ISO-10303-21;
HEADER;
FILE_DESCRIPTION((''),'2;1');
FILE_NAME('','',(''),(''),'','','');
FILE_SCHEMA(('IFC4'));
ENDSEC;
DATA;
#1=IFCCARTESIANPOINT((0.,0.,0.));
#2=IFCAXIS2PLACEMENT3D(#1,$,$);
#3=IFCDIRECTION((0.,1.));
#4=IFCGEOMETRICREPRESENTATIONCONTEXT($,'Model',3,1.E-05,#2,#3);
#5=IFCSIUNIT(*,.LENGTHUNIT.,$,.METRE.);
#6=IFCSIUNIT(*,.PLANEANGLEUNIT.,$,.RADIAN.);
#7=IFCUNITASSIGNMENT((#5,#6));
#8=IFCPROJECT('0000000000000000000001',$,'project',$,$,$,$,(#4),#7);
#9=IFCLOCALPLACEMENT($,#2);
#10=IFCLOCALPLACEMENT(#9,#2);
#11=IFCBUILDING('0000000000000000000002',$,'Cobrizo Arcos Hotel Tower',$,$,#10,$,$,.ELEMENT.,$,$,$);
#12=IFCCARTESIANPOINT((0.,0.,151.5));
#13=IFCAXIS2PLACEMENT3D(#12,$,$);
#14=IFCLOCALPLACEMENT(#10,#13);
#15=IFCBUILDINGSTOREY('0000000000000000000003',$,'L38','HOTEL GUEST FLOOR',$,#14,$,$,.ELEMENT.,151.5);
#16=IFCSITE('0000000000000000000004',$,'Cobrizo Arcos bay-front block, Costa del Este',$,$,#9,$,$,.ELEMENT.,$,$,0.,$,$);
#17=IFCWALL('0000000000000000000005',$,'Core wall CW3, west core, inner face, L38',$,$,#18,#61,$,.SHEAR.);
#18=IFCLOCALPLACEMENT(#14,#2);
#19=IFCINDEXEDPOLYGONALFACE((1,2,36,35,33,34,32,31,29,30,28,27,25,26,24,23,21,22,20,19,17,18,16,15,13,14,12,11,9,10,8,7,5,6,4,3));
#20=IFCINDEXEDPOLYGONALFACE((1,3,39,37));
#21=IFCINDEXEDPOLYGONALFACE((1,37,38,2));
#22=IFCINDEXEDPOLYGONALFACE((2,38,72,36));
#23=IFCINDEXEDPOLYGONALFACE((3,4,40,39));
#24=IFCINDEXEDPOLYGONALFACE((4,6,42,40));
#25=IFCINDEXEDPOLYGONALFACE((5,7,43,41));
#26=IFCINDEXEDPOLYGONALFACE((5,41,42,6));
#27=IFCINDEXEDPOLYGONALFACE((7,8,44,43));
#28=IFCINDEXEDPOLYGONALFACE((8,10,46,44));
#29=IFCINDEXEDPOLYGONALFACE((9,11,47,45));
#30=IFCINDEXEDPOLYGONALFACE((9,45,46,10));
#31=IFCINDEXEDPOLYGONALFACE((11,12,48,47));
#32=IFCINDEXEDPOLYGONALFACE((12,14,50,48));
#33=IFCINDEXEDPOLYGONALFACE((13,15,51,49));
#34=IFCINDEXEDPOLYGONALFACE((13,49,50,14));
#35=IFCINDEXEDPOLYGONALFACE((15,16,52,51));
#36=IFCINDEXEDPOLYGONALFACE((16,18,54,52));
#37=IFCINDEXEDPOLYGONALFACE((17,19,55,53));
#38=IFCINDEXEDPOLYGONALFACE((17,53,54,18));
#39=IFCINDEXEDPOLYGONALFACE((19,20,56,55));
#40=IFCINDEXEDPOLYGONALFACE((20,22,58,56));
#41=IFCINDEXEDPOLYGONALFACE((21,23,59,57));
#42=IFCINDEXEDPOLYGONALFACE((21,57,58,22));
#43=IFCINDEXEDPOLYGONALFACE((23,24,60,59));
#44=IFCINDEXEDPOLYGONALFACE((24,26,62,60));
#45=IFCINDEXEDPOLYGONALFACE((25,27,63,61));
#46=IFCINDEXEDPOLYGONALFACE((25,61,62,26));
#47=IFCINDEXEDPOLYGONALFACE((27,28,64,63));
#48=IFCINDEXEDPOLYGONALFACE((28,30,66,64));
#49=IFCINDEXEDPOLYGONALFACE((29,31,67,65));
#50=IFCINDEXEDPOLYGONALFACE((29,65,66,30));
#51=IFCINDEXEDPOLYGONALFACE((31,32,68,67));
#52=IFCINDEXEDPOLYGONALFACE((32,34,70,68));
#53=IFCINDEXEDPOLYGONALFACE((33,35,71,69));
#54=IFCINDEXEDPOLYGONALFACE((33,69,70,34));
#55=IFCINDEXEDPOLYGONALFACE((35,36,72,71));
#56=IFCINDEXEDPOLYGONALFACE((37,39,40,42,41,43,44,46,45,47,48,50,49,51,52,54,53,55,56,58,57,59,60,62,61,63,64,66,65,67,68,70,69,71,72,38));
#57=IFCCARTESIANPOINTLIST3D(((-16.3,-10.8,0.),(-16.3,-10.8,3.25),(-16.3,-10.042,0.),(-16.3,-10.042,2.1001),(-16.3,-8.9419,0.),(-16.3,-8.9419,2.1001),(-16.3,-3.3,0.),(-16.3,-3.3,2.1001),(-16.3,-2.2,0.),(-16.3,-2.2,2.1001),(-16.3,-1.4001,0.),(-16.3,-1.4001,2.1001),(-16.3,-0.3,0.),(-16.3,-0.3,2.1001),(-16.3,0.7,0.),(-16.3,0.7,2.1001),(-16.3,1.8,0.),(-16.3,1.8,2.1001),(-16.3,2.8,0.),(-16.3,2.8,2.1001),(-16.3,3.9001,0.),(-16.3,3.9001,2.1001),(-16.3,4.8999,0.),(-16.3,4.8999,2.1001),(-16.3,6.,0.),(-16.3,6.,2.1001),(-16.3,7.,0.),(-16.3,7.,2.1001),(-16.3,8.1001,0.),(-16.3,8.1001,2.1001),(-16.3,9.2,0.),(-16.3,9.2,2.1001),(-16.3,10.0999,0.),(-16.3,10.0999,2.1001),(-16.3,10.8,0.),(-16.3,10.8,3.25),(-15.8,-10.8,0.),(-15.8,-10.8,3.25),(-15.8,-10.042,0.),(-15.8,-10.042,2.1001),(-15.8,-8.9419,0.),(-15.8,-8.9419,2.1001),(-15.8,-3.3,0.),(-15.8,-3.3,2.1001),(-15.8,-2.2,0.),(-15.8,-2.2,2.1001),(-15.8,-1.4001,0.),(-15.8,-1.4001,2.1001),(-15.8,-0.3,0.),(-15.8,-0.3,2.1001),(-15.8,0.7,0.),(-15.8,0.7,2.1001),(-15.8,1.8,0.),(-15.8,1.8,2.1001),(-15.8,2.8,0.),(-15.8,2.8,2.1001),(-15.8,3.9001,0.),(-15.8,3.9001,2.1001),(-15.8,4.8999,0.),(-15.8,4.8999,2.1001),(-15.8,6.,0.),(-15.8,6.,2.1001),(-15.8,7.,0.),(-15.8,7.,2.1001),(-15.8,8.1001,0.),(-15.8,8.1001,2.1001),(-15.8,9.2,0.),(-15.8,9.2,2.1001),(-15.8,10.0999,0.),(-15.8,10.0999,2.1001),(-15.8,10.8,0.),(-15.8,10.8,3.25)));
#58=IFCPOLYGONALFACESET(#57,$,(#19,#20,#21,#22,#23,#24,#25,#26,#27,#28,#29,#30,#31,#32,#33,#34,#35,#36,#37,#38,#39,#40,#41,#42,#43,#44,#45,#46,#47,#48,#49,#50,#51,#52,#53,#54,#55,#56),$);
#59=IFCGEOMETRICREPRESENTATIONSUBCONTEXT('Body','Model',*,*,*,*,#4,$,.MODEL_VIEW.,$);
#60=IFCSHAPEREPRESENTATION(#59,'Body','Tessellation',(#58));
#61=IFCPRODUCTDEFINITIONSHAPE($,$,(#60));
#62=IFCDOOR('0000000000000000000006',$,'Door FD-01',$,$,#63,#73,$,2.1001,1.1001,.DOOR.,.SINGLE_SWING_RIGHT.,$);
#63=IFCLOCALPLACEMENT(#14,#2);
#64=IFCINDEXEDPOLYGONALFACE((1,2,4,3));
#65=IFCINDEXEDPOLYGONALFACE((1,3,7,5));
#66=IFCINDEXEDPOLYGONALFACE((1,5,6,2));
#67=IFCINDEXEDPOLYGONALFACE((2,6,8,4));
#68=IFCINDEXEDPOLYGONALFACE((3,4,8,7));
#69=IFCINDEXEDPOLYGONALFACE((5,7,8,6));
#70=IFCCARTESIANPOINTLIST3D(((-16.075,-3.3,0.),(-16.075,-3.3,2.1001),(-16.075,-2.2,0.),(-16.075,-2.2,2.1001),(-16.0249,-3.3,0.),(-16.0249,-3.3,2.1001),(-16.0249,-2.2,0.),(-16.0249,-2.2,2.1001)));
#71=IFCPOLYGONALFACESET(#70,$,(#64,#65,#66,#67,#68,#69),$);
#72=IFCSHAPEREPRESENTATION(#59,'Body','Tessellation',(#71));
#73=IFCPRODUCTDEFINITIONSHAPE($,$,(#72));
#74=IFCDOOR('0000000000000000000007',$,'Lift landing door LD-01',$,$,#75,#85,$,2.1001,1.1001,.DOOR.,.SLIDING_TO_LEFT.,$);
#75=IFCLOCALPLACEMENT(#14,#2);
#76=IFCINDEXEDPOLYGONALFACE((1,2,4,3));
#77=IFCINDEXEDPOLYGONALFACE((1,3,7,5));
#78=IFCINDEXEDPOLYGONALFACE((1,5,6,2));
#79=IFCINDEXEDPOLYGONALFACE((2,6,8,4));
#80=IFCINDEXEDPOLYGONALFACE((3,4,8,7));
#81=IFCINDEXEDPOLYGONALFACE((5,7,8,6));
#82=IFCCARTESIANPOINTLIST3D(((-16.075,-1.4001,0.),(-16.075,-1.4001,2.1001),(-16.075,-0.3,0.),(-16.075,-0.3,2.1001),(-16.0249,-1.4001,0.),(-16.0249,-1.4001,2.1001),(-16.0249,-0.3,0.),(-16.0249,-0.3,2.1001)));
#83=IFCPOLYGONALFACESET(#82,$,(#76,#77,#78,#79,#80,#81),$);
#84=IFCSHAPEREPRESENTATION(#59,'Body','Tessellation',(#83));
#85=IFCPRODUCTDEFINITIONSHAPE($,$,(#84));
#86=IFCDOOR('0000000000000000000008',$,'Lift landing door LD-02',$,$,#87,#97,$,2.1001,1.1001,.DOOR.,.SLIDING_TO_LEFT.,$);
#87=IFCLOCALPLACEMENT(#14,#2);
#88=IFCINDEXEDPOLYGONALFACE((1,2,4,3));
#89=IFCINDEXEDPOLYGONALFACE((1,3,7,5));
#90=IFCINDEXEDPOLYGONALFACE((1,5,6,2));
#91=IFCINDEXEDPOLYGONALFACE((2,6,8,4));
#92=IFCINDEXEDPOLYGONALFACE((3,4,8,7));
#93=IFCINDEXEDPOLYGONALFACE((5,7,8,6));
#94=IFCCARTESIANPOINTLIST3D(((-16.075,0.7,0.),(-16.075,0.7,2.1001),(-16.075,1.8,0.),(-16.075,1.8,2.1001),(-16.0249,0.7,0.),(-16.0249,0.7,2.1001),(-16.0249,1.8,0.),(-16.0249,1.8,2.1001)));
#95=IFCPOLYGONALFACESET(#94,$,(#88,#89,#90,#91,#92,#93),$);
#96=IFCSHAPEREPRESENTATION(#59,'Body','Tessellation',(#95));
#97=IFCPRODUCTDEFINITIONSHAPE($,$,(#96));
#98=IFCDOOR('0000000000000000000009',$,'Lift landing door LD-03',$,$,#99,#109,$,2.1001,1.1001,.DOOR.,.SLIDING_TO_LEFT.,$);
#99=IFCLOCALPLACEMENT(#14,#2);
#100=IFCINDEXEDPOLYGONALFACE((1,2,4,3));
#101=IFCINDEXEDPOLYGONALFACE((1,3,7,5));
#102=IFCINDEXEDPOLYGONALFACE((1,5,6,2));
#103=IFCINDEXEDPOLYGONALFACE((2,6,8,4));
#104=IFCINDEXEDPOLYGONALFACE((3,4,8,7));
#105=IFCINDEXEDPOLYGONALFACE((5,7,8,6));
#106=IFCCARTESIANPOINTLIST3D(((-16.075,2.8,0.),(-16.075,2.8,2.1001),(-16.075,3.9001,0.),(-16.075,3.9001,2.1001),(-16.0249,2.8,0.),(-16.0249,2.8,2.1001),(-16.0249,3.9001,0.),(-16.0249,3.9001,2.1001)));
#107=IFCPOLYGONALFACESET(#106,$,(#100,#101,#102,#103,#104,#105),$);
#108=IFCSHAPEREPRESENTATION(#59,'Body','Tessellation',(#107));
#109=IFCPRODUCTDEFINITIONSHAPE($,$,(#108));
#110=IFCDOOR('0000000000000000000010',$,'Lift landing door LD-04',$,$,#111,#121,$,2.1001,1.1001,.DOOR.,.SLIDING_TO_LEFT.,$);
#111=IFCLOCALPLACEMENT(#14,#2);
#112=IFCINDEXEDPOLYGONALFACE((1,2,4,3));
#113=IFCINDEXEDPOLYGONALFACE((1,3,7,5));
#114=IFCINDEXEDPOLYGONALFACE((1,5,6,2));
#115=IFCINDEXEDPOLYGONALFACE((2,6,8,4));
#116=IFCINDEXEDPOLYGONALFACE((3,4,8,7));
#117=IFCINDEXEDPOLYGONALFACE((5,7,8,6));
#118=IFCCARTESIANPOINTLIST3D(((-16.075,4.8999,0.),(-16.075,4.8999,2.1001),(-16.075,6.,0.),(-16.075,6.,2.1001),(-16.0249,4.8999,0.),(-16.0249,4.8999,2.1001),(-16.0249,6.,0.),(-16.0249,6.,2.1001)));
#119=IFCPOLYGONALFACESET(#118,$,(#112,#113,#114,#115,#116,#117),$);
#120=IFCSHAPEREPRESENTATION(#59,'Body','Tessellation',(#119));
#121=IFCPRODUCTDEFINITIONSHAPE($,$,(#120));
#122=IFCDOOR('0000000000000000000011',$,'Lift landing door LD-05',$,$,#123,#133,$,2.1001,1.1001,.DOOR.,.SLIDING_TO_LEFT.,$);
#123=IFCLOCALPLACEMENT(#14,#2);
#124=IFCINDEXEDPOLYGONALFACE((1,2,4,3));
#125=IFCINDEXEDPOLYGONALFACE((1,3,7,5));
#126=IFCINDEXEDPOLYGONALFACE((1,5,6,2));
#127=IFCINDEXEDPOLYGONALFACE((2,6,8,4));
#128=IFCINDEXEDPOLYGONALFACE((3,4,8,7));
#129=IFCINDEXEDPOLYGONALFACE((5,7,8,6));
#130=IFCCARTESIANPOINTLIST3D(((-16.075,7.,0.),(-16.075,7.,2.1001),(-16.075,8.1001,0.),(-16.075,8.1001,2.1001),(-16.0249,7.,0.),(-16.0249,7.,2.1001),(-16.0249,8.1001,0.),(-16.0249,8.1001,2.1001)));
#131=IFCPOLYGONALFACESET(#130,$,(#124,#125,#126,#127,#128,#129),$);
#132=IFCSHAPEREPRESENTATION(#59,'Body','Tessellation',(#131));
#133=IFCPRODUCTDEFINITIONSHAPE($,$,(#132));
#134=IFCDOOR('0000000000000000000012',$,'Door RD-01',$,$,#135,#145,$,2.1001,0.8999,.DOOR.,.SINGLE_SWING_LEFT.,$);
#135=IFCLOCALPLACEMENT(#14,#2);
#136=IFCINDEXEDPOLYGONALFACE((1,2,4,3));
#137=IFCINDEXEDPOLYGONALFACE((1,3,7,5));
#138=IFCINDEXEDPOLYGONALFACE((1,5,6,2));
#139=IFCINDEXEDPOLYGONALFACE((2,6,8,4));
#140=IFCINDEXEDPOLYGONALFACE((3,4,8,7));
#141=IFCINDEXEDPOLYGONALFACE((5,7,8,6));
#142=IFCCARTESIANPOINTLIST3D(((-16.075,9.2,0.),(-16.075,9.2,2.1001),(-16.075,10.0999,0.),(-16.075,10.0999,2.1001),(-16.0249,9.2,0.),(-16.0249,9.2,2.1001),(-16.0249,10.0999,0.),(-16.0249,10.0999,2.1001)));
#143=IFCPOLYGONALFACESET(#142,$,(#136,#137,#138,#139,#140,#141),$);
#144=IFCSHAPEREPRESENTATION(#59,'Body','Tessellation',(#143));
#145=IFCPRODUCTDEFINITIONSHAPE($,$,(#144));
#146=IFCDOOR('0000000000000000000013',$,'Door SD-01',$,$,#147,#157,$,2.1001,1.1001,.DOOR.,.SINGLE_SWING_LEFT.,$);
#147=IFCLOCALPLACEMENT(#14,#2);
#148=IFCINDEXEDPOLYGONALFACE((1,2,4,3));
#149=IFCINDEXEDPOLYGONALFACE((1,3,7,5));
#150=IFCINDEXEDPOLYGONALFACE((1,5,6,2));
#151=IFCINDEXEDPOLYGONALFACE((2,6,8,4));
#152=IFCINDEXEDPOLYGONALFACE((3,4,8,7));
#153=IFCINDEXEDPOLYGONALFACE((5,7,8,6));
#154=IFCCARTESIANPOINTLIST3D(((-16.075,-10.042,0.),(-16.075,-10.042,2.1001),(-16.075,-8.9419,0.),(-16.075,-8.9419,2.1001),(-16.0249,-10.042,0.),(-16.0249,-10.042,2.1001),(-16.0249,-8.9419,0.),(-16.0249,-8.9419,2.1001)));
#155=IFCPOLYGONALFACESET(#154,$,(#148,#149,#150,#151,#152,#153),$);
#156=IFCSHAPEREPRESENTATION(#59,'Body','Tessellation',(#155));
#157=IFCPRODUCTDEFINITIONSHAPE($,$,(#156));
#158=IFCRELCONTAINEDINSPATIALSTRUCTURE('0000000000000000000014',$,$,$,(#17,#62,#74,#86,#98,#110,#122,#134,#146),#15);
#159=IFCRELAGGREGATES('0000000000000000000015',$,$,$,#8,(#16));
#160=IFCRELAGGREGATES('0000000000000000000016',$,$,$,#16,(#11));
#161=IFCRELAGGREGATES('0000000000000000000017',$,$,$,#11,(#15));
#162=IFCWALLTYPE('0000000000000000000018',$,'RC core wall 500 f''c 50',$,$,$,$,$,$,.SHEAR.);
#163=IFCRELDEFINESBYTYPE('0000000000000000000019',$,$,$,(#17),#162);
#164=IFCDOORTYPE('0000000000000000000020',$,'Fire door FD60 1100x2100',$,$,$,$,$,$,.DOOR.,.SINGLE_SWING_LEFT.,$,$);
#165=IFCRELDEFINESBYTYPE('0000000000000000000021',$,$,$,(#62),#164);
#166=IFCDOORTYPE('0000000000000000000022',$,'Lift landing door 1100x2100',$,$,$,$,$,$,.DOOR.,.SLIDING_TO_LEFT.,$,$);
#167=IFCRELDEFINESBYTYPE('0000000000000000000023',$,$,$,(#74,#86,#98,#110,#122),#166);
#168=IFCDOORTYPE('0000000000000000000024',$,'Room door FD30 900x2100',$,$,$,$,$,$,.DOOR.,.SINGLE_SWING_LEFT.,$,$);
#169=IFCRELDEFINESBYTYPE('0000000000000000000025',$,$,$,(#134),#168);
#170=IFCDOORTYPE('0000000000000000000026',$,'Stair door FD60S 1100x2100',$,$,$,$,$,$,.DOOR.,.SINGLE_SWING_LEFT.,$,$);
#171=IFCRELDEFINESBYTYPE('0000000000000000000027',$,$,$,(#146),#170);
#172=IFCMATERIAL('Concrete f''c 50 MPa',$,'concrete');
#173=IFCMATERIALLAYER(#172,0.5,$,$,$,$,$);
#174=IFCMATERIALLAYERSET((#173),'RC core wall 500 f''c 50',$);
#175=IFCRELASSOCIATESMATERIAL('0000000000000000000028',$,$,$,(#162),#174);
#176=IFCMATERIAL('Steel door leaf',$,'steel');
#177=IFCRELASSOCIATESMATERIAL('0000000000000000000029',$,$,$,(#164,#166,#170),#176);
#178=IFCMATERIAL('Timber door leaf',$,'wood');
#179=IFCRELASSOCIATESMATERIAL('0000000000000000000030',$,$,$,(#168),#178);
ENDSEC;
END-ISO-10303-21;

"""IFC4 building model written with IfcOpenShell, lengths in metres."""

from ifc_helpers import new_model, si_unit, direction, frame, frame_2d, origin, place, context, subcontext, project, spatial, rectangle, extrude, material, layer, layer_set, type_object, element, fill, save


model = new_model("IFC4")

# Units and contexts
model_context = context("Model", 3, precision=1e-05, world=origin(), true_north=direction((0.0, 1.0)))
body_context = subcontext(model_context, "Body", "Model", "MODEL_VIEW")
ifc_project = project(units=[si_unit("LENGTHUNIT", "METRE"), si_unit("PLANEANGLEUNIT", "RADIAN")], contexts=[model_context])

# Site, building, storey
site_placement = place(None, origin())
site = spatial("IfcSite", under=ifc_project, at=site_placement, Name="Cobrizo Arcos bay-front block, Costa del Este", CompositionType="ELEMENT", RefElevation=0.0)
building_placement = place(site_placement, origin())
building = spatial("IfcBuilding", under=site, at=building_placement, Name="Cobrizo Arcos Hotel Tower", CompositionType="ELEMENT")
storey_placement = place(building_placement, frame((0.0, 0.0, 151.5)))
storey = spatial("IfcBuildingStorey", under=building, at=storey_placement, Name="L38", Description="HOTEL GUEST FLOOR", CompositionType="ELEMENT", Elevation=151.5)

# Wall, openings, doors
ifc_material_1 = material(Name="Concrete f'c 50 MPa", Category="concrete")
ifc_layer_1 = layer(ifc_material_1, 0.5)
ifc_layer_set_1 = layer_set([ifc_layer_1], Name="RC core wall 500 f'c 50")
wall_type_1 = type_object("IfcWallType", Name="RC core wall 500 f'c 50", PredefinedType="SHEAR", material=ifc_layer_set_1)
wall_1_placement = place(storey_placement, frame((-16.05, -10.8, 0.0), z_axis=(0.0, 0.0, 1.0), x_axis=(0.0, 1.0, 0.0)))
wall_1 = element("IfcWall", 1, at=wall_1_placement, inside=storey, type_object=wall_type_1, Name="Core wall CW3, west core, inner face, L38", PredefinedType="SHEAR", context=body_context, shape_type="SweptSolid", body=[
    extrude(rectangle(XDim=21.6001, YDim=0.5, at=frame_2d((10.8, 0.0))), origin(), (0.0, 0.0, 1.0), 3.25),
])
opening_1_placement = place(wall_1_placement, frame((9.3999, 0.0, 0.0)))
opening_1 = element("IfcOpeningElement", 2, at=opening_1_placement, cuts=wall_1, PredefinedType="OPENING", context=body_context, shape_type="SweptSolid", body=[
    extrude(rectangle(XDim=1.1001, YDim=2.1001, at=frame_2d((0.55, 1.05))), frame((0.0, 0.262, 0.0), z_axis=(0.0, -1.0, 0.0), x_axis=(1.0, 0.0, 0.0)), (0.0, 0.0, 1.0), 0.5239),
])
opening_2_placement = place(wall_1_placement, frame((11.5, 0.0, 0.0)))
opening_2 = element("IfcOpeningElement", 3, at=opening_2_placement, cuts=wall_1, PredefinedType="OPENING", context=body_context, shape_type="SweptSolid", body=[
    extrude(rectangle(XDim=1.1001, YDim=2.1001, at=frame_2d((0.55, 1.05))), frame((0.0, 0.262, 0.0), z_axis=(0.0, -1.0, 0.0), x_axis=(1.0, 0.0, 0.0)), (0.0, 0.0, 1.0), 0.5239),
])
opening_3_placement = place(wall_1_placement, frame((13.6001, 0.0, 0.0)))
opening_3 = element("IfcOpeningElement", 4, at=opening_3_placement, cuts=wall_1, PredefinedType="OPENING", context=body_context, shape_type="SweptSolid", body=[
    extrude(rectangle(XDim=1.1001, YDim=2.1001, at=frame_2d((0.55, 1.05))), frame((0.0, 0.262, 0.0), z_axis=(0.0, -1.0, 0.0), x_axis=(1.0, 0.0, 0.0)), (0.0, 0.0, 1.0), 0.5239),
])
opening_4_placement = place(wall_1_placement, frame((15.7, 0.0, 0.0)))
opening_4 = element("IfcOpeningElement", 5, at=opening_4_placement, cuts=wall_1, PredefinedType="OPENING", context=body_context, shape_type="SweptSolid", body=[
    extrude(rectangle(XDim=1.1001, YDim=2.1001, at=frame_2d((0.55, 1.05))), frame((0.0, 0.262, 0.0), z_axis=(0.0, -1.0, 0.0), x_axis=(1.0, 0.0, 0.0)), (0.0, 0.0, 1.0), 0.5239),
])
opening_5_placement = place(wall_1_placement, frame((17.8, 0.0, 0.0)))
opening_5 = element("IfcOpeningElement", 6, at=opening_5_placement, cuts=wall_1, PredefinedType="OPENING", context=body_context, shape_type="SweptSolid", body=[
    extrude(rectangle(XDim=1.1001, YDim=2.1001, at=frame_2d((0.55, 1.05))), frame((0.0, 0.262, 0.0), z_axis=(0.0, -1.0, 0.0), x_axis=(1.0, 0.0, 0.0)), (0.0, 0.0, 1.0), 0.5239),
])
opening_6_placement = place(wall_1_placement, frame((0.7581, 0.0, 0.0)))
opening_6 = element("IfcOpeningElement", 7, at=opening_6_placement, cuts=wall_1, PredefinedType="OPENING", context=body_context, shape_type="SweptSolid", body=[
    extrude(rectangle(XDim=1.1001, YDim=2.1001, at=frame_2d((0.55, 1.05))), frame((0.0, 0.262, 0.0), z_axis=(0.0, -1.0, 0.0), x_axis=(1.0, 0.0, 0.0)), (0.0, 0.0, 1.0), 0.5239),
])
opening_7_placement = place(wall_1_placement, frame((7.5, 0.0, 0.0)))
opening_7 = element("IfcOpeningElement", 8, at=opening_7_placement, cuts=wall_1, PredefinedType="OPENING", context=body_context, shape_type="SweptSolid", body=[
    extrude(rectangle(XDim=1.1001, YDim=2.1001, at=frame_2d((0.55, 1.05))), frame((0.0, 0.262, 0.0), z_axis=(0.0, -1.0, 0.0), x_axis=(1.0, 0.0, 0.0)), (0.0, 0.0, 1.0), 0.5239),
])
opening_8_placement = place(wall_1_placement, frame((20.0, 0.0, 0.0)))
opening_8 = element("IfcOpeningElement", 9, at=opening_8_placement, cuts=wall_1, PredefinedType="OPENING", context=body_context, shape_type="SweptSolid", body=[
    extrude(rectangle(XDim=0.8999, YDim=2.1001, at=frame_2d((0.45, 1.05))), frame((0.0, 0.262, 0.0), z_axis=(0.0, -1.0, 0.0), x_axis=(1.0, 0.0, 0.0)), (0.0, 0.0, 1.0), 0.5239),
])
ifc_material_2 = material(Name="Steel door leaf", Category="steel")
door_type_1 = type_object("IfcDoorType", Name="Fire door FD60 1100x2100", OperationType="SINGLE_SWING_LEFT", PredefinedType="DOOR", material=ifc_material_2)
door_1_placement = place(opening_7_placement, origin())
door_1 = element("IfcDoor", 10, at=door_1_placement, inside=storey, type_object=door_type_1, Name="Door FD-01", OperationType="SINGLE_SWING_RIGHT", OverallHeight=2.1001, OverallWidth=1.1001, PredefinedType="DOOR", context=body_context, shape_type="SweptSolid", body=[
    extrude(rectangle(XDim=1.1001, YDim=2.1001, at=frame_2d((0.55, 1.05))), frame((0.0, 0.0249, 0.0), z_axis=(0.0, -1.0, 0.0), x_axis=(1.0, 0.0, 0.0)), (0.0, 0.0, 1.0), 0.05),
])
fill(opening_7, door_1)
door_type_2 = type_object("IfcDoorType", Name="Lift landing door 1100x2100", OperationType="SLIDING_TO_LEFT", PredefinedType="DOOR", material=ifc_material_2)
door_2_placement = place(opening_1_placement, origin())
door_2 = element("IfcDoor", 11, at=door_2_placement, inside=storey, type_object=door_type_2, Name="Lift landing door LD-01", OperationType="SLIDING_TO_LEFT", OverallHeight=2.1001, OverallWidth=1.1001, PredefinedType="DOOR", context=body_context, shape_type="SweptSolid", body=[
    extrude(rectangle(XDim=1.1001, YDim=2.1001, at=frame_2d((0.55, 1.05))), frame((0.0, 0.0249, 0.0), z_axis=(0.0, -1.0, 0.0), x_axis=(1.0, 0.0, 0.0)), (0.0, 0.0, 1.0), 0.05),
])
fill(opening_1, door_2)
door_3_placement = place(opening_2_placement, origin())
door_3 = element("IfcDoor", 12, at=door_3_placement, inside=storey, type_object=door_type_2, Name="Lift landing door LD-02", OperationType="SLIDING_TO_LEFT", OverallHeight=2.1001, OverallWidth=1.1001, PredefinedType="DOOR", context=body_context, shape_type="SweptSolid", body=[
    extrude(rectangle(XDim=1.1001, YDim=2.1001, at=frame_2d((0.55, 1.05))), frame((0.0, 0.0249, 0.0), z_axis=(0.0, -1.0, 0.0), x_axis=(1.0, 0.0, 0.0)), (0.0, 0.0, 1.0), 0.05),
])
fill(opening_2, door_3)
door_4_placement = place(opening_3_placement, origin())
door_4 = element("IfcDoor", 13, at=door_4_placement, inside=storey, type_object=door_type_2, Name="Lift landing door LD-03", OperationType="SLIDING_TO_LEFT", OverallHeight=2.1001, OverallWidth=1.1001, PredefinedType="DOOR", context=body_context, shape_type="SweptSolid", body=[
    extrude(rectangle(XDim=1.1001, YDim=2.1001, at=frame_2d((0.55, 1.05))), frame((0.0, 0.0249, 0.0), z_axis=(0.0, -1.0, 0.0), x_axis=(1.0, 0.0, 0.0)), (0.0, 0.0, 1.0), 0.05),
])
fill(opening_3, door_4)
door_5_placement = place(opening_4_placement, origin())
door_5 = element("IfcDoor", 14, at=door_5_placement, inside=storey, type_object=door_type_2, Name="Lift landing door LD-04", OperationType="SLIDING_TO_LEFT", OverallHeight=2.1001, OverallWidth=1.1001, PredefinedType="DOOR", context=body_context, shape_type="SweptSolid", body=[
    extrude(rectangle(XDim=1.1001, YDim=2.1001, at=frame_2d((0.55, 1.05))), frame((0.0, 0.0249, 0.0), z_axis=(0.0, -1.0, 0.0), x_axis=(1.0, 0.0, 0.0)), (0.0, 0.0, 1.0), 0.05),
])
fill(opening_4, door_5)
door_6_placement = place(opening_5_placement, origin())
door_6 = element("IfcDoor", 15, at=door_6_placement, inside=storey, type_object=door_type_2, Name="Lift landing door LD-05", OperationType="SLIDING_TO_LEFT", OverallHeight=2.1001, OverallWidth=1.1001, PredefinedType="DOOR", context=body_context, shape_type="SweptSolid", body=[
    extrude(rectangle(XDim=1.1001, YDim=2.1001, at=frame_2d((0.55, 1.05))), frame((0.0, 0.0249, 0.0), z_axis=(0.0, -1.0, 0.0), x_axis=(1.0, 0.0, 0.0)), (0.0, 0.0, 1.0), 0.05),
])
fill(opening_5, door_6)
ifc_material_3 = material(Name="Timber door leaf", Category="wood")
door_type_3 = type_object("IfcDoorType", Name="Room door FD30 900x2100", OperationType="SINGLE_SWING_LEFT", PredefinedType="DOOR", material=ifc_material_3)
door_7_placement = place(opening_8_placement, origin())
door_7 = element("IfcDoor", 16, at=door_7_placement, inside=storey, type_object=door_type_3, Name="Door RD-01", OperationType="SINGLE_SWING_LEFT", OverallHeight=2.1001, OverallWidth=0.8999, PredefinedType="DOOR", context=body_context, shape_type="SweptSolid", body=[
    extrude(rectangle(XDim=0.8999, YDim=2.1001, at=frame_2d((0.45, 1.05))), frame((0.0, 0.0249, 0.0), z_axis=(0.0, -1.0, 0.0), x_axis=(1.0, 0.0, 0.0)), (0.0, 0.0, 1.0), 0.05),
])
fill(opening_8, door_7)
door_type_4 = type_object("IfcDoorType", Name="Stair door FD60S 1100x2100", OperationType="SINGLE_SWING_LEFT", PredefinedType="DOOR", material=ifc_material_2)
door_8_placement = place(opening_6_placement, origin())
door_8 = element("IfcDoor", 17, at=door_8_placement, inside=storey, type_object=door_type_4, Name="Door SD-01", OperationType="SINGLE_SWING_LEFT", OverallHeight=2.1001, OverallWidth=1.1001, PredefinedType="DOOR", context=body_context, shape_type="SweptSolid", body=[
    extrude(rectangle(XDim=1.1001, YDim=2.1001, at=frame_2d((0.55, 1.05))), frame((0.0, 0.0249, 0.0), z_axis=(0.0, -1.0, 0.0), x_axis=(1.0, 0.0, 0.0)), (0.0, 0.0, 1.0), 0.05),
])
fill(opening_6, door_8)

save(model, "model.ifc")
